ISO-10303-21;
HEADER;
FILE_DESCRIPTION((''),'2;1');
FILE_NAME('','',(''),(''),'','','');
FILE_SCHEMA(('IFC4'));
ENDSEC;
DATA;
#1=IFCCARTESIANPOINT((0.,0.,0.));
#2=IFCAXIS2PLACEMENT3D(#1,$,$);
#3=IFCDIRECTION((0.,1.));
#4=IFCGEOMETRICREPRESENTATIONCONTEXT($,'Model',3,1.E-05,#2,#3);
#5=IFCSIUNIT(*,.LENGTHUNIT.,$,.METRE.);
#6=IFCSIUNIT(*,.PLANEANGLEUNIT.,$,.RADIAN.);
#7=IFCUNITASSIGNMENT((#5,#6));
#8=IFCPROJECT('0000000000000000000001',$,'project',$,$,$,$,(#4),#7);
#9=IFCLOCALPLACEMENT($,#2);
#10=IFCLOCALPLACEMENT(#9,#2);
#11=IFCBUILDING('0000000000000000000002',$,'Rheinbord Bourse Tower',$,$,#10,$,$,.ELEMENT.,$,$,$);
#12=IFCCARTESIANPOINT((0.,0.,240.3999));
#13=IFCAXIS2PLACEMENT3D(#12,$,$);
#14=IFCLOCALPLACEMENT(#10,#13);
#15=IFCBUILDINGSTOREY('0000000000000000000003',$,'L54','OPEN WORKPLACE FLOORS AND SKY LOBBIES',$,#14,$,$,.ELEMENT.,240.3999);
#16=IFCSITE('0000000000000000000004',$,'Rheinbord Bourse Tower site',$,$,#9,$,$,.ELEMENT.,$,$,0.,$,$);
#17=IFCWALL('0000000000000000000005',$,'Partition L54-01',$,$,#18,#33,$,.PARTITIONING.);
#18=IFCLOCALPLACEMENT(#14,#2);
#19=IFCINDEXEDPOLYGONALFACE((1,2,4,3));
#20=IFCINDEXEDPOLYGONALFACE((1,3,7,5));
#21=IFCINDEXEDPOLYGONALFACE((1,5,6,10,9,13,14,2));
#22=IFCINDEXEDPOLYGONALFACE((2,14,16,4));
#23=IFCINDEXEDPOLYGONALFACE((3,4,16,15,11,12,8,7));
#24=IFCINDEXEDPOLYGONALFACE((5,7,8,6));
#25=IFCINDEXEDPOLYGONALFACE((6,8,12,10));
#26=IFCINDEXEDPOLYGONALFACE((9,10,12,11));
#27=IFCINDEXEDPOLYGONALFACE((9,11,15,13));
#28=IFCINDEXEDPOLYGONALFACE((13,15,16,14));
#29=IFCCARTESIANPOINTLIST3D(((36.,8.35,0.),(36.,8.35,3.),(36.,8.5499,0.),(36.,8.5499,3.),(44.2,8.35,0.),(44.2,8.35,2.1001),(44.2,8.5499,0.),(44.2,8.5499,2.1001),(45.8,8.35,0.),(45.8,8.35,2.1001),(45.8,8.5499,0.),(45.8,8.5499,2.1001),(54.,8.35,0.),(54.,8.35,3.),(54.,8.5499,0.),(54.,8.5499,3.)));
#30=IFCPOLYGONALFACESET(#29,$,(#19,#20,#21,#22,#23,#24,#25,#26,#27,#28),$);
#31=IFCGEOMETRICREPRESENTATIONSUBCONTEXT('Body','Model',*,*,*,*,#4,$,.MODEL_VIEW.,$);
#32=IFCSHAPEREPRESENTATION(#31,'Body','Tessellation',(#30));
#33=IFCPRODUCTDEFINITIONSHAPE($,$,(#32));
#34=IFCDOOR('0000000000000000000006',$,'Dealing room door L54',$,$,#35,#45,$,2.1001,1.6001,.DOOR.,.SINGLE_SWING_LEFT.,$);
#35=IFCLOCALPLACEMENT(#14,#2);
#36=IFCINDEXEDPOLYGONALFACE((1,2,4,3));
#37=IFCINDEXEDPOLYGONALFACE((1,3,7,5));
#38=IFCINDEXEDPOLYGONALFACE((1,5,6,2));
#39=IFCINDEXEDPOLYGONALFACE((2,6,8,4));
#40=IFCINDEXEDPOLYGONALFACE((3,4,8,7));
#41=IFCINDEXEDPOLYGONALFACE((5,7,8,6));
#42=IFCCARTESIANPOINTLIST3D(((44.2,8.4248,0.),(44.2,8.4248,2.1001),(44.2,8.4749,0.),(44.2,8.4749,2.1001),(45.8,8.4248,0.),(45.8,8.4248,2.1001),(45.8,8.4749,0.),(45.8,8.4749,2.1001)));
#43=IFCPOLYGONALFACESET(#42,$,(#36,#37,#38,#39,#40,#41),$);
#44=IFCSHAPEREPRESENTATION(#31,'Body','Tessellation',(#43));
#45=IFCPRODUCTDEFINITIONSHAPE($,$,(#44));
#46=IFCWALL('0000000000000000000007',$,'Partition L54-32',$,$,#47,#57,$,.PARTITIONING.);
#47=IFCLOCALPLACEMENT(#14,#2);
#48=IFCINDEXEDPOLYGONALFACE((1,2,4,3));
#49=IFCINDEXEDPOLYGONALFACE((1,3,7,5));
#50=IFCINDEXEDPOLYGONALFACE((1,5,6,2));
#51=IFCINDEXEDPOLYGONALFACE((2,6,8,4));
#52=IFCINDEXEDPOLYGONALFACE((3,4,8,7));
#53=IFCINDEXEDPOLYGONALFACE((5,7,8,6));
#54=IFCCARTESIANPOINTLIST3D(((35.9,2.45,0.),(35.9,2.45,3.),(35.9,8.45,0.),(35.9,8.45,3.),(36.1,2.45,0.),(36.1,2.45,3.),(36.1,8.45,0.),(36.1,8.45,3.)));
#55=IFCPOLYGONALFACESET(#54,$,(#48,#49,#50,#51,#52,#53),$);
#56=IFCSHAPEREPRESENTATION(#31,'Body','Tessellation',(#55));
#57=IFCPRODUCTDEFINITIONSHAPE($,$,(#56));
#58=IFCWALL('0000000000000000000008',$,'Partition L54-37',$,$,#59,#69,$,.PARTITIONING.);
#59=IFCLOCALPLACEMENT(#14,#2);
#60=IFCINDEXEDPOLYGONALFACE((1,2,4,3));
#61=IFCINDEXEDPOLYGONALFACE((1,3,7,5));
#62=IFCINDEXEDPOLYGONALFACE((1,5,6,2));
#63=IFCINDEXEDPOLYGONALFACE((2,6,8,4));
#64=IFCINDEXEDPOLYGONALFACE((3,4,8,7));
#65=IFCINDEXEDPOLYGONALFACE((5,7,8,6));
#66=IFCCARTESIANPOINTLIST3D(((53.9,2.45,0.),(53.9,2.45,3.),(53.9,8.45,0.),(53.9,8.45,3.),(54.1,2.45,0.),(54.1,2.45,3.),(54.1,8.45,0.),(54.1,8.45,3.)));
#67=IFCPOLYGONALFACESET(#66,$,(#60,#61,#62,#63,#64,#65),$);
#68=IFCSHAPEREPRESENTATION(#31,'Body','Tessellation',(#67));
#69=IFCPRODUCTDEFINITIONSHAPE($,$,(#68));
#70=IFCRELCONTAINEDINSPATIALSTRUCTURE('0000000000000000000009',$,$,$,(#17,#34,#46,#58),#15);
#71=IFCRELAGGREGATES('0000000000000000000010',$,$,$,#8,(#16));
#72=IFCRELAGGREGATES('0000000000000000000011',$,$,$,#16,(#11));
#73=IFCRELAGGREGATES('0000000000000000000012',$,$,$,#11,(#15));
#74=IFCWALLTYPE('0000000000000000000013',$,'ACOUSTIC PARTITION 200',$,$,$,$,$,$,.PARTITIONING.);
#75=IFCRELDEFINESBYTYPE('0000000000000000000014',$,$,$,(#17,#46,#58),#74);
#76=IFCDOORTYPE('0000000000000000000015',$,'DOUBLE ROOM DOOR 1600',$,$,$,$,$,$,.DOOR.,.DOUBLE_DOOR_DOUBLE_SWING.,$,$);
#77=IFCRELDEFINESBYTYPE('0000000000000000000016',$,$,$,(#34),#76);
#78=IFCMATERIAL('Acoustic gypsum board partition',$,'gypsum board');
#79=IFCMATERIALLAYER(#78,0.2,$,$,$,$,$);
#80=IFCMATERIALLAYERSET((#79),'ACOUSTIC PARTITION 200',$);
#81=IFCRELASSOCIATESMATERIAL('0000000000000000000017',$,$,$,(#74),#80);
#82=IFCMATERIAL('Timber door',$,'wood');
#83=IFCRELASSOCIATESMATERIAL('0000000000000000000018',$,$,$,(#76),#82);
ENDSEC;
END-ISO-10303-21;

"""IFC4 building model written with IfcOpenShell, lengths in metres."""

from ifc_helpers import new_model, si_unit, direction, frame, frame_2d, origin, place, context, subcontext, project, spatial, rectangle, extrude, material, layer, layer_set, type_object, element, fill, save


model = new_model("IFC4")

# Units and contexts
model_context = context("Model", 3, precision=1e-05, world=origin(), true_north=direction((0.0, 1.0)))
body_context = subcontext(model_context, "Body", "Model", "MODEL_VIEW")
ifc_project = project(units=[si_unit("LENGTHUNIT", "METRE"), si_unit("PLANEANGLEUNIT", "RADIAN")], contexts=[model_context])

# Site, building, storey
site_placement = place(None, origin())
site = spatial("IfcSite", under=ifc_project, at=site_placement, Name="Rheinbord Bourse Tower site", CompositionType="ELEMENT", RefElevation=0.0)
building_placement = place(site_placement, origin())
building = spatial("IfcBuilding", under=site, at=building_placement, Name="Rheinbord Bourse Tower", CompositionType="ELEMENT")
storey_placement = place(building_placement, frame((0.0, 0.0, 240.3999)))
storey = spatial("IfcBuildingStorey", under=building, at=storey_placement, Name="L54", Description="OPEN WORKPLACE FLOORS AND SKY LOBBIES", CompositionType="ELEMENT", Elevation=240.3999)

# Wall, opening, door
ifc_material_1 = material(Name="Acoustic gypsum board partition", Category="gypsum board")
ifc_layer_1 = layer(ifc_material_1, 0.2)
ifc_layer_set_1 = layer_set([ifc_layer_1], Name="ACOUSTIC PARTITION 200")
wall_type = type_object("IfcWallType", Name="ACOUSTIC PARTITION 200", PredefinedType="PARTITIONING", material=ifc_layer_set_1)
wall_placement = place(storey_placement, frame((36.0, 8.45, 0.0), z_axis=(0.0, 0.0, 1.0), x_axis=(1.0, 0.0, 0.0)))
wall = element("IfcWall", 1, at=wall_placement, inside=storey, type_object=wall_type, Name="Partition L54-01", PredefinedType="PARTITIONING", context=body_context, shape_type="SweptSolid", body=[
    extrude(rectangle(XDim=18.0, YDim=0.2, at=frame_2d((9.0, 0.0))), origin(), (0.0, 0.0, 1.0), 3.0),
])
opening_placement = place(wall_placement, frame((8.2, 0.0, 0.0)))
opening = element("IfcOpeningElement", 2, at=opening_placement, cuts=wall, PredefinedType="OPENING", context=body_context, shape_type="SweptSolid", body=[
    extrude(rectangle(XDim=1.6001, YDim=2.1001, at=frame_2d((0.8, 1.05))), frame((0.0, 0.1099, 0.0), z_axis=(0.0, -1.0, 0.0), x_axis=(1.0, 0.0, 0.0)), (0.0, 0.0, 1.0), 0.22),
])
ifc_material_2 = material(Name="Timber door", Category="wood")
door_type = type_object("IfcDoorType", Name="DOUBLE ROOM DOOR 1600", OperationType="DOUBLE_DOOR_DOUBLE_SWING", PredefinedType="DOOR", material=ifc_material_2)
door_placement = place(opening_placement, origin())
door = element("IfcDoor", 3, at=door_placement, inside=storey, type_object=door_type, Name="Dealing room door L54", OperationType="SINGLE_SWING_LEFT", OverallHeight=2.1001, OverallWidth=1.6001, PredefinedType="DOOR", context=body_context, shape_type="SweptSolid", body=[
    extrude(rectangle(XDim=1.6001, YDim=2.1001, at=frame_2d((0.8, 1.05))), frame((0.0, 0.0249, 0.0), z_axis=(0.0, -1.0, 0.0), x_axis=(1.0, 0.0, 0.0)), (0.0, 0.0, 1.0), 0.05),
])
fill(opening, door)

# Walls
for number, where, z_axis, x_axis, name in (
    (4, (36.0, 2.45, 0.0), (0.0, 0.0, 1.0), (0.0, 1.0, 0.0), "Partition L54-32"),
    (5, (54.0, 2.45, 0.0), (0.0, 0.0, 1.0), (0.0, 1.0, 0.0), "Partition L54-37"),
):
    element("IfcWall", number, at=place(storey_placement, frame(where, z_axis=z_axis, x_axis=x_axis)), inside=storey, type_object=wall_type, Name=name, PredefinedType="PARTITIONING", context=body_context, shape_type="SweptSolid", body=[
        extrude(rectangle(XDim=6.0, YDim=0.2, at=frame_2d((3.0, 0.0))), origin(), (0.0, 0.0, 1.0), 3.0),
    ])

save(model, "model.ifc")
